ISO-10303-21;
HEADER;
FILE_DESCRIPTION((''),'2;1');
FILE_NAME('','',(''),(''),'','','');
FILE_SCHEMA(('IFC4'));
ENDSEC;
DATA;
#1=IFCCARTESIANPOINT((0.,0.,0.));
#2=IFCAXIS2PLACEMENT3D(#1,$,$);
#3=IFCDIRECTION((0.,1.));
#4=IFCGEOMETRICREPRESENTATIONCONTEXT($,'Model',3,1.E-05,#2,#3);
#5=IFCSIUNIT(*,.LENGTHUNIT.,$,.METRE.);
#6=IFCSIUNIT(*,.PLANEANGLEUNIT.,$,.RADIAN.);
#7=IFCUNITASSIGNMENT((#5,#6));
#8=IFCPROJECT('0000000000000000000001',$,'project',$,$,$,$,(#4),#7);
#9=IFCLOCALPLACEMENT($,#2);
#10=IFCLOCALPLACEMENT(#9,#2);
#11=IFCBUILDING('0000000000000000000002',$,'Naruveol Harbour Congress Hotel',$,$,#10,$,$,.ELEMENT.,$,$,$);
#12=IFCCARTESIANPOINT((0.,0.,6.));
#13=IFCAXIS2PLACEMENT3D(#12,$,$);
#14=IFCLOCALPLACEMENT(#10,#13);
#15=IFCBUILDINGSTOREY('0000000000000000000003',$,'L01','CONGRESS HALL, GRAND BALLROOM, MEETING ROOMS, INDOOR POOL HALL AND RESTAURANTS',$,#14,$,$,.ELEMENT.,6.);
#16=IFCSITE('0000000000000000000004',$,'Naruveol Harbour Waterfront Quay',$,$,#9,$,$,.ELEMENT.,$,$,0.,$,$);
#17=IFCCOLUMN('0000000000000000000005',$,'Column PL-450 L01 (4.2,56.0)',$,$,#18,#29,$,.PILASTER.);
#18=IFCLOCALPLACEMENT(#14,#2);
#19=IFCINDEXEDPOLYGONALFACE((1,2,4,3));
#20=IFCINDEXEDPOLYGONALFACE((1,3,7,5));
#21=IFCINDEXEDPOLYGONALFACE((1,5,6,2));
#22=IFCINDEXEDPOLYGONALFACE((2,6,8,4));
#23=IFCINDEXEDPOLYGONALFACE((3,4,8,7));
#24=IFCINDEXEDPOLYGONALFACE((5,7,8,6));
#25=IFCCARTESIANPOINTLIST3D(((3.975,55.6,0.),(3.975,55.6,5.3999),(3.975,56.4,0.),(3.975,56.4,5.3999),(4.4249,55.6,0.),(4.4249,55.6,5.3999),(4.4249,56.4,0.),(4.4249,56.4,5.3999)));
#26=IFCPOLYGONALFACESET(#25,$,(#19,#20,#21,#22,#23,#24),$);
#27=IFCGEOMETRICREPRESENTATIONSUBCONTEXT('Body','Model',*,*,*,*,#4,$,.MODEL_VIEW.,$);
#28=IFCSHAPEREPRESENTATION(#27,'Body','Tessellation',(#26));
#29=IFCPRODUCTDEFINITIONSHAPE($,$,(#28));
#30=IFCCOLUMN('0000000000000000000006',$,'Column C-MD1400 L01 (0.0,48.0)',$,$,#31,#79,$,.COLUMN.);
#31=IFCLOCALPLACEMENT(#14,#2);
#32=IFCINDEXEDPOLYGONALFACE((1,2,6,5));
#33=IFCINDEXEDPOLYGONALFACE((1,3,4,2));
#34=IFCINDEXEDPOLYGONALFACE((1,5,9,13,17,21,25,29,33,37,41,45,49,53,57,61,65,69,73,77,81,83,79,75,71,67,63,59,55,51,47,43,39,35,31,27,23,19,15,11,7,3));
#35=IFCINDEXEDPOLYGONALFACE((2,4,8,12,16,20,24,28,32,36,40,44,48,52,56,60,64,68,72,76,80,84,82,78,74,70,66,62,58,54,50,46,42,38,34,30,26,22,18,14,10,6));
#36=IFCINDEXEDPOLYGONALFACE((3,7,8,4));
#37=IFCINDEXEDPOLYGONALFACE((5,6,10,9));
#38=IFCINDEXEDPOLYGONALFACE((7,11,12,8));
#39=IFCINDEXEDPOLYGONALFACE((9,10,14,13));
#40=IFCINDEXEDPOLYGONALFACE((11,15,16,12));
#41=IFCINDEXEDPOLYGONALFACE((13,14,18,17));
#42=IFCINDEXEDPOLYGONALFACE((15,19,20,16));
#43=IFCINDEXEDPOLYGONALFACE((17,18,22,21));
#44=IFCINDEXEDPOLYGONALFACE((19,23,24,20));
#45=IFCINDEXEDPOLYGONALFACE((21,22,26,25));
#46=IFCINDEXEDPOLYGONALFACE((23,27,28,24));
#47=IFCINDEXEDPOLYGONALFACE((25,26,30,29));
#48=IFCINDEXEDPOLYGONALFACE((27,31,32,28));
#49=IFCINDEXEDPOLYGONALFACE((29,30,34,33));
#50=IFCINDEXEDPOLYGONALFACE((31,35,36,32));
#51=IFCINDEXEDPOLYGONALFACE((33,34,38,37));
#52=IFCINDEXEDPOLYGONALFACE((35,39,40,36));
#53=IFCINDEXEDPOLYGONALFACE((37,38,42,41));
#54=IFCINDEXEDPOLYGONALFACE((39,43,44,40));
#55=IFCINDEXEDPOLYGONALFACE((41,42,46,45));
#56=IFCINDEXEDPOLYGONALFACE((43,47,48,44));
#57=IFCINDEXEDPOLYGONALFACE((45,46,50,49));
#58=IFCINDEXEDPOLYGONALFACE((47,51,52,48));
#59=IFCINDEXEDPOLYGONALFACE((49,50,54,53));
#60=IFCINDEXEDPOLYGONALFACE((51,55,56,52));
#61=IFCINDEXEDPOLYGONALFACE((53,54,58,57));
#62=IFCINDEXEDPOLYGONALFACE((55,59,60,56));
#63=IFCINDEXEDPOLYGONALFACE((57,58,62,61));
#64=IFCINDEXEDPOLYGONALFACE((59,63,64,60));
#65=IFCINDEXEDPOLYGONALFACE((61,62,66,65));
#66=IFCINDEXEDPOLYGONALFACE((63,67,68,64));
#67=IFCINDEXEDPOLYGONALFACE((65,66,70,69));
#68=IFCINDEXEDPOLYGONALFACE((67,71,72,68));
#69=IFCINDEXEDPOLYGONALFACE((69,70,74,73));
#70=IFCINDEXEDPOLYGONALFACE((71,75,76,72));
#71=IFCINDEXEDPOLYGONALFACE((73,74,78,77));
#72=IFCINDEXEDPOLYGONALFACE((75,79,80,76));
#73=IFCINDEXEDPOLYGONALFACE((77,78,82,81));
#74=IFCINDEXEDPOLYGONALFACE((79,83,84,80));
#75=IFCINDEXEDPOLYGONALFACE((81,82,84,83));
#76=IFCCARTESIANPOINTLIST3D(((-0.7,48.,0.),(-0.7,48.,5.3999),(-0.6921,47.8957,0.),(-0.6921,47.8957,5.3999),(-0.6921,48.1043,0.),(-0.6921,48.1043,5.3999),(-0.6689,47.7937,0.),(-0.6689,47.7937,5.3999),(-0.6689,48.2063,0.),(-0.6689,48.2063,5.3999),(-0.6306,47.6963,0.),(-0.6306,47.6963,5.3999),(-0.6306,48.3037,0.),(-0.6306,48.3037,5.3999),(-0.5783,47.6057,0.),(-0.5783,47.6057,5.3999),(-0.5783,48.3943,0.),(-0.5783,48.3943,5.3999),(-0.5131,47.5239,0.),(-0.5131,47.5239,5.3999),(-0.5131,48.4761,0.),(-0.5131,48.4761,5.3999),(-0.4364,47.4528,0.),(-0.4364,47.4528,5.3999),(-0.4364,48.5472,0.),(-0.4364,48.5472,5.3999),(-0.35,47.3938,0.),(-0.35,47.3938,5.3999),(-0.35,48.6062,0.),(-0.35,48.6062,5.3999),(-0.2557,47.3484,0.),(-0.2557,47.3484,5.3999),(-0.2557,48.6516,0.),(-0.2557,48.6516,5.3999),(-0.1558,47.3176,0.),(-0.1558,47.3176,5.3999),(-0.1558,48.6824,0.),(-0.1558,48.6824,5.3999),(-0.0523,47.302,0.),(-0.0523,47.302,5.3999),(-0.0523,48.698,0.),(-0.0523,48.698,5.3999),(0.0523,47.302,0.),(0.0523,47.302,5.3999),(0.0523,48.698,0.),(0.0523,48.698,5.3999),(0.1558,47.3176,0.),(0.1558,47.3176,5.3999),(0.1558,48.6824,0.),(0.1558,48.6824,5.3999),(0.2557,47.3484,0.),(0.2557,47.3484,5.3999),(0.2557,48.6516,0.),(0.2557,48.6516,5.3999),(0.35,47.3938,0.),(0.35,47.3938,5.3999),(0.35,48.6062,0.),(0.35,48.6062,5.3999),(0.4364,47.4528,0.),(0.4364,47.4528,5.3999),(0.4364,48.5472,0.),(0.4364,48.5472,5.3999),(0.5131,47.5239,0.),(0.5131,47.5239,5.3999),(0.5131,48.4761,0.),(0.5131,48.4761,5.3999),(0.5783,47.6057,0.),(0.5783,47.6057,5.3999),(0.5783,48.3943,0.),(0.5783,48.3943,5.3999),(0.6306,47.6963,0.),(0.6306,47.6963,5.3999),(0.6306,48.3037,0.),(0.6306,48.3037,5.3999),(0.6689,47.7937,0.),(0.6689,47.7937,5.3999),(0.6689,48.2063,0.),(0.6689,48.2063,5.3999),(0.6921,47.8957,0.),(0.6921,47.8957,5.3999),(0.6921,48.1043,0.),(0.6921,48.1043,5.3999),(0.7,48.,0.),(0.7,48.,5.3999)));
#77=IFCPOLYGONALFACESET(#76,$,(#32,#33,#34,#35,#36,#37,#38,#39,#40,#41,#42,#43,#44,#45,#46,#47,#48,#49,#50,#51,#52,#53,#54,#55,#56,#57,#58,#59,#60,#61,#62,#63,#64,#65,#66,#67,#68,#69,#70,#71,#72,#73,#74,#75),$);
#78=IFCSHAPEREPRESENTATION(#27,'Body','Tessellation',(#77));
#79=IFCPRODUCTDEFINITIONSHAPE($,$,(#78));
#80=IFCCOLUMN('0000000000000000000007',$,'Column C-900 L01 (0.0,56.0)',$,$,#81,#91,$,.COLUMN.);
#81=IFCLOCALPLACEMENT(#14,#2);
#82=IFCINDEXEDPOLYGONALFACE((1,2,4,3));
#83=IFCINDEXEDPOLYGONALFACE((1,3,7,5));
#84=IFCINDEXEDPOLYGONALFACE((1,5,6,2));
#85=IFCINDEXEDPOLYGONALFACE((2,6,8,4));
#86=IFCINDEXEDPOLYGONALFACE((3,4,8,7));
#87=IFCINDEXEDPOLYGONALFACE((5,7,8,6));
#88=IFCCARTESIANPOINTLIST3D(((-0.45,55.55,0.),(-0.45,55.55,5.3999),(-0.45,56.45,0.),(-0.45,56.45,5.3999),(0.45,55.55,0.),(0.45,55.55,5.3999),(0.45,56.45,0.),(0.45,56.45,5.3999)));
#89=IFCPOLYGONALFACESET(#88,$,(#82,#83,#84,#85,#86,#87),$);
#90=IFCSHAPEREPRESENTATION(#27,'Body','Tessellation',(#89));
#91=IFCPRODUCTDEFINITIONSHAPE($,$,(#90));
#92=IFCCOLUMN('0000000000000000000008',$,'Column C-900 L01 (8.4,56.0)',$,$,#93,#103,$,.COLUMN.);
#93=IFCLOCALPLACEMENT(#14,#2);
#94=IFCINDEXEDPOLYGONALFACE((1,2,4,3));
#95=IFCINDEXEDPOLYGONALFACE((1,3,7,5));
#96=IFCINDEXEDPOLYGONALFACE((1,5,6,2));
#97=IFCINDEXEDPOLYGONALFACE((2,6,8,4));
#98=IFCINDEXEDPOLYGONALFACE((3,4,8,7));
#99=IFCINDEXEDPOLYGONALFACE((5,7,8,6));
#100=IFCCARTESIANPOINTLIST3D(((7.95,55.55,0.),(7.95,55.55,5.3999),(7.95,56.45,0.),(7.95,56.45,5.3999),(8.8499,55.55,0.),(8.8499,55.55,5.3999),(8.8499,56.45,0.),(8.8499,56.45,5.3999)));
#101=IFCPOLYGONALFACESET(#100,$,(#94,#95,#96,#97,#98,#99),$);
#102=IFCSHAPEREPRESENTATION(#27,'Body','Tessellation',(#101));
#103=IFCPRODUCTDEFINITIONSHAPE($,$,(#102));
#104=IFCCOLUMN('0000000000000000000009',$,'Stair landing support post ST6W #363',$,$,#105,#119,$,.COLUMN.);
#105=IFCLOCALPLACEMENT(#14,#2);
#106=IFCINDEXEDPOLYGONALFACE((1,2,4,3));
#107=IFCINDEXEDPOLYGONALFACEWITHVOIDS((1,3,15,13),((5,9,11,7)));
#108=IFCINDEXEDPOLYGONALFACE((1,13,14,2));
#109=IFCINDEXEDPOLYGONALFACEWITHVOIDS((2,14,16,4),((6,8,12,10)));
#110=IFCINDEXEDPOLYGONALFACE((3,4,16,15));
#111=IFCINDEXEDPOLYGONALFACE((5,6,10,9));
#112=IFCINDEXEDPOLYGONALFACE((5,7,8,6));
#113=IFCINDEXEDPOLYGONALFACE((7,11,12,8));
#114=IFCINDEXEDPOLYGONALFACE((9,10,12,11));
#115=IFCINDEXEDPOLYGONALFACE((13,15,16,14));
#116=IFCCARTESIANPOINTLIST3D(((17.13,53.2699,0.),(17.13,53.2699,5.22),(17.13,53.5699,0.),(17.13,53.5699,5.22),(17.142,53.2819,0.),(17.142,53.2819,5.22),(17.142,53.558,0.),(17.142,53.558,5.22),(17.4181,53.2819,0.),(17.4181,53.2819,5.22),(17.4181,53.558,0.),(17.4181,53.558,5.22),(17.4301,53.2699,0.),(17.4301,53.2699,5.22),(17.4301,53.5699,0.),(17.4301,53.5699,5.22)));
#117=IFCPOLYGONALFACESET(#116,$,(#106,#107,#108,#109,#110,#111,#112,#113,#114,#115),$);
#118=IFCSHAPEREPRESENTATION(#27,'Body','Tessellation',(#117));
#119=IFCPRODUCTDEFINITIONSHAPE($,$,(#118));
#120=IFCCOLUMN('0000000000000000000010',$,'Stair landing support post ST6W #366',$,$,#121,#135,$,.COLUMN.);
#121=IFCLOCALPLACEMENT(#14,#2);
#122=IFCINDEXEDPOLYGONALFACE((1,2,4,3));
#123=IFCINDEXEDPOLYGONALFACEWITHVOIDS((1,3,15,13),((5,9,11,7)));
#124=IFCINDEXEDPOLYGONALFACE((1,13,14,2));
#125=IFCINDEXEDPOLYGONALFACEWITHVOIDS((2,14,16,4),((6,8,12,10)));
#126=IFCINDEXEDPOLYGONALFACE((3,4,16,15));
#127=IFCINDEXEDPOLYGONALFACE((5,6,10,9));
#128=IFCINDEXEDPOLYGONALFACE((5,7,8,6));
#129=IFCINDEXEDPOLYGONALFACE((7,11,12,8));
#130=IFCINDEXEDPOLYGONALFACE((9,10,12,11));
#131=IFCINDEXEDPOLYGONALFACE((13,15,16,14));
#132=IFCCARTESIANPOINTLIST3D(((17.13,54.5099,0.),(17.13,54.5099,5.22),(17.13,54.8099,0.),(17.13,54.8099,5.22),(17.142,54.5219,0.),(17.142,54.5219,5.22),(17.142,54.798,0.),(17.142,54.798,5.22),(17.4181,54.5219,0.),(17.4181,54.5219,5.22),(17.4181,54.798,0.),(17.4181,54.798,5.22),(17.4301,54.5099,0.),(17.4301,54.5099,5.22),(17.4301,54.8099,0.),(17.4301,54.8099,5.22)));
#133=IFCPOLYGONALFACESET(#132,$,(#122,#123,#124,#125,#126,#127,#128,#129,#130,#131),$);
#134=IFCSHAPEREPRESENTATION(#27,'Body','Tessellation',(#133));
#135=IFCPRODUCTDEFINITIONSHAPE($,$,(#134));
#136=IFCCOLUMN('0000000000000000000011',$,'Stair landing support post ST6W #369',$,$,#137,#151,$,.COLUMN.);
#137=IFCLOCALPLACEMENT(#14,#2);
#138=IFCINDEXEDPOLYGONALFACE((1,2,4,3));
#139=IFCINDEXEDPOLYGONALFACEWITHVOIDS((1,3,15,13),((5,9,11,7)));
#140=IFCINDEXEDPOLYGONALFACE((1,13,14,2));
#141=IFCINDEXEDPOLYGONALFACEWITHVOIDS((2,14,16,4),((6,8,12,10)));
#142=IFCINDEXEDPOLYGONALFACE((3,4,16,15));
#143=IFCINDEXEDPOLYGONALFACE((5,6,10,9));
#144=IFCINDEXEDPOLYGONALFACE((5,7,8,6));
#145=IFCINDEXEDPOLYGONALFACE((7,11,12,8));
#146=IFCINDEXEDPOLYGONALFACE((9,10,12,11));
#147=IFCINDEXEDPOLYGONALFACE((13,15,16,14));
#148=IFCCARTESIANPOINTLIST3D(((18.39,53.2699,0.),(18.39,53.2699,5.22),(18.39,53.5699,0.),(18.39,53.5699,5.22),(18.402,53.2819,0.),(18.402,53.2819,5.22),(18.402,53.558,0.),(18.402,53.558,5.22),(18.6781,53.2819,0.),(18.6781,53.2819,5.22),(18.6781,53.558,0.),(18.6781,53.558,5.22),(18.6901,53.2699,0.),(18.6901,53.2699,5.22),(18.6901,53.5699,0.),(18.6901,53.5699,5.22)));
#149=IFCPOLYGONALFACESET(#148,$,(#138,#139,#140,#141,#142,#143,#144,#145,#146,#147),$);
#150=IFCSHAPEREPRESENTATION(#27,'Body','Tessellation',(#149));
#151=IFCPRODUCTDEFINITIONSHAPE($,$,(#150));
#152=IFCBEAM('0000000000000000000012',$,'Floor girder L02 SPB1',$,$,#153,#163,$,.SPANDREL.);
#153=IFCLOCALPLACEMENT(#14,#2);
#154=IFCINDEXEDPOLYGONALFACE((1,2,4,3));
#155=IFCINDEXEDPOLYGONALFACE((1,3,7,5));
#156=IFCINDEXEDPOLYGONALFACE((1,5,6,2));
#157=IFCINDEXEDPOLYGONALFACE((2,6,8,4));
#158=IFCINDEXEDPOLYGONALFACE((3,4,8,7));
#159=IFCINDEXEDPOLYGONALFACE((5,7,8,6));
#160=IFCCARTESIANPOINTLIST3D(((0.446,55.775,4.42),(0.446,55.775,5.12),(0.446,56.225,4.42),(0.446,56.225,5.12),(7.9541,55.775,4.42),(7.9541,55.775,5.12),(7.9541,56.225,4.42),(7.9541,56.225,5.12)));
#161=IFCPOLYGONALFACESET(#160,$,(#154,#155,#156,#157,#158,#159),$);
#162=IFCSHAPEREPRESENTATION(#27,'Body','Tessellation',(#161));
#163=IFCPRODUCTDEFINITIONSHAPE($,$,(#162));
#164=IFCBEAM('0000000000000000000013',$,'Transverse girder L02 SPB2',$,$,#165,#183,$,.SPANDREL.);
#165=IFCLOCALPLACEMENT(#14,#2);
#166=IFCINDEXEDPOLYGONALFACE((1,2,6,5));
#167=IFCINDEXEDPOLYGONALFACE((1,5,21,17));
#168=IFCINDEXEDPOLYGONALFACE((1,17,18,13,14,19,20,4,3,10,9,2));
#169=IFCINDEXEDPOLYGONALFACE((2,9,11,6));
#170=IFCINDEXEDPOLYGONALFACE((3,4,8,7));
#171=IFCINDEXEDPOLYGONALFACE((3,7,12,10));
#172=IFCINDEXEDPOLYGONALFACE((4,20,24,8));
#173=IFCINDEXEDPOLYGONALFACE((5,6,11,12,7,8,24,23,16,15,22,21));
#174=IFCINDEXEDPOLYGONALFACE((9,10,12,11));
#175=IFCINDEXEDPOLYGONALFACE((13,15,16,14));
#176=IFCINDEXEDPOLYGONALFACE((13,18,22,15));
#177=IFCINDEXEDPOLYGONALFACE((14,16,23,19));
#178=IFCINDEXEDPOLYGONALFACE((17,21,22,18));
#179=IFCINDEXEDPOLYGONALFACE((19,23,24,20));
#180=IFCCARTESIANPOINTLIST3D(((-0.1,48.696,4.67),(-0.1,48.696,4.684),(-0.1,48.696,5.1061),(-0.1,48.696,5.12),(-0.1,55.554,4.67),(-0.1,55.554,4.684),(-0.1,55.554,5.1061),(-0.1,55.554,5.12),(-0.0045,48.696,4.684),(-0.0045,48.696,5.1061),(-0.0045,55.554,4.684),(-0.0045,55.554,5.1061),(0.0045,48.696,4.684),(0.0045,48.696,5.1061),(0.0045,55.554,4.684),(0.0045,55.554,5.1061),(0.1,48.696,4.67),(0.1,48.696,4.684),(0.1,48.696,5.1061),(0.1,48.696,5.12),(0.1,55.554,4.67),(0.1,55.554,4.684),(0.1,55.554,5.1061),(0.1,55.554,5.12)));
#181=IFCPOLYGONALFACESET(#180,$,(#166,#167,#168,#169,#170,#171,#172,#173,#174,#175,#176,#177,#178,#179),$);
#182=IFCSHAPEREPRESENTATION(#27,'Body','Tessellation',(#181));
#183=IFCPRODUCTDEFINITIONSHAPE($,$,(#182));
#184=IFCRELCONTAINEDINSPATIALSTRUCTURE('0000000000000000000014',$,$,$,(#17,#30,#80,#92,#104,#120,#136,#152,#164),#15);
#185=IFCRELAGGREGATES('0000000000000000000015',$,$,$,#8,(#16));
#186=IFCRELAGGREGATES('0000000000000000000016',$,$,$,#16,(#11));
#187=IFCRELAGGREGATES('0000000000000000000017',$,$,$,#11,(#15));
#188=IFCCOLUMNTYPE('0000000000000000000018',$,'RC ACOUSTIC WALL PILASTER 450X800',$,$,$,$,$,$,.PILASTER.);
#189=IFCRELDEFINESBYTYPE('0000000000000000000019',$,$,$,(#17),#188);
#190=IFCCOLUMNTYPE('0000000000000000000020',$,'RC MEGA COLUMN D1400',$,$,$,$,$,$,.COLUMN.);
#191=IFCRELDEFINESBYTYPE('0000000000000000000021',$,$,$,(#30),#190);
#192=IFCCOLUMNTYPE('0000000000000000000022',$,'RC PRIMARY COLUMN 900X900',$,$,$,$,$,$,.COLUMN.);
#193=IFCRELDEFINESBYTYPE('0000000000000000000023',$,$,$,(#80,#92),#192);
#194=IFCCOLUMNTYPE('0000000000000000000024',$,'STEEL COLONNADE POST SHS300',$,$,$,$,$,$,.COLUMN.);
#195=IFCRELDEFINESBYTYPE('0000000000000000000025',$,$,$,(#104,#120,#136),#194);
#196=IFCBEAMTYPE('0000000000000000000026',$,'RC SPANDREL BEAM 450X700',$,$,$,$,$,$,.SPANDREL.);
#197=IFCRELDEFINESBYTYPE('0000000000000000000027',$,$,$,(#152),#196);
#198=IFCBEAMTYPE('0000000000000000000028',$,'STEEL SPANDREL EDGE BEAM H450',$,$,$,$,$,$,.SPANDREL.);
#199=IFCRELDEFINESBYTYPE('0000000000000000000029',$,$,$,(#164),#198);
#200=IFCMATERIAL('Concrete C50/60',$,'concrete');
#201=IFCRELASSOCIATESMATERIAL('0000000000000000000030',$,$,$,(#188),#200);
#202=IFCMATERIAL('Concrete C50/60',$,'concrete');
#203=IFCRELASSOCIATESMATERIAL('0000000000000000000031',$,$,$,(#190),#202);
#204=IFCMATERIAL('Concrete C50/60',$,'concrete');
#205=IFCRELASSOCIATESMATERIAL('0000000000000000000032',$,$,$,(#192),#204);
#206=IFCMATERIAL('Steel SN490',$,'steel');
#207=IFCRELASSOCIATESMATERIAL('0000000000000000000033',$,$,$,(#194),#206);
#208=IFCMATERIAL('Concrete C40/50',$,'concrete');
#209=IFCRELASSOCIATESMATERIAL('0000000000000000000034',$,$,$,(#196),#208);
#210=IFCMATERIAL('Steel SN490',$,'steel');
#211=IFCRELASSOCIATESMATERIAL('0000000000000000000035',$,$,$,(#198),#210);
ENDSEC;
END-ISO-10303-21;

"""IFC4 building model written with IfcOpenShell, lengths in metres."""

from ifc_helpers import new_model, si_unit, direction, frame, origin, origin_2d, place, context, subcontext, project, spatial, rectangle, hollow_rectangle, circle, i_section, extrude, material, material_profile, profile_set, type_object, element, save


model = new_model("IFC4")

# Units and contexts
model_context = context("Model", 3, precision=1e-05, world=origin(), true_north=direction((0.0, 1.0)))
body_context = subcontext(model_context, "Body", "Model", "MODEL_VIEW")
ifc_project = project(units=[si_unit("LENGTHUNIT", "METRE"), si_unit("PLANEANGLEUNIT", "RADIAN")], contexts=[model_context])

# Site, building, storey
site_placement = place(None, origin())
site = spatial("IfcSite", under=ifc_project, at=site_placement, Name="Naruveol Harbour Waterfront Quay", CompositionType="ELEMENT", RefElevation=0.0)
building_placement = place(site_placement, origin())
building = spatial("IfcBuilding", under=site, at=building_placement, Name="Naruveol Harbour Congress Hotel", CompositionType="ELEMENT")
storey_placement = place(building_placement, frame((0.0, 0.0, 6.0)))
storey = spatial("IfcBuildingStorey", under=building, at=storey_placement, Name="L01", Description="CONGRESS HALL, GRAND BALLROOM, MEETING ROOMS, INDOOR POOL HALL AND RESTAURANTS", CompositionType="ELEMENT", Elevation=6.0)

# Columns
ifc_material_1 = material(Name="Concrete C50/60", Category="concrete")
ifc_material_profile_1 = material_profile(ifc_material_1, rectangle(XDim=0.45, YDim=0.8, at=origin_2d()), Name="RC-450x800")
ifc_profile_set_1 = profile_set([ifc_material_profile_1], Name="Concrete C50/60")
column_type_1 = type_object("IfcColumnType", Name="RC ACOUSTIC WALL PILASTER 450X800", PredefinedType="PILASTER", material=ifc_profile_set_1)
column_1_placement = place(storey_placement, frame((4.2, 56.0, 0.0), z_axis=(0.0, 0.0, 1.0), x_axis=(1.0, 0.0, 0.0)))
element("IfcColumn", 1, at=column_1_placement, inside=storey, type_object=column_type_1, Name="Column PL-450 L01 (4.2,56.0)", PredefinedType="PILASTER", context=body_context, shape_type="SweptSolid", body=[
    extrude(rectangle(XDim=0.45, YDim=0.8, at=origin_2d()), origin(), (0.0, 0.0, 1.0), 5.3999),
])
ifc_material_2 = material(Name="Concrete C50/60", Category="concrete")
ifc_material_profile_2 = material_profile(ifc_material_2, circle(Radius=0.7, at=origin_2d()), Name="RC-D1400")
ifc_profile_set_2 = profile_set([ifc_material_profile_2], Name="Concrete C50/60")
column_type_2 = type_object("IfcColumnType", Name="RC MEGA COLUMN D1400", PredefinedType="COLUMN", material=ifc_profile_set_2)
column_2_placement = place(storey_placement, frame((0.0, 48.0, 0.0), z_axis=(0.0, 0.0, 1.0), x_axis=(1.0, 0.0, 0.0)))
element("IfcColumn", 2, at=column_2_placement, inside=storey, type_object=column_type_2, Name="Column C-MD1400 L01 (0.0,48.0)", PredefinedType="COLUMN", context=body_context, shape_type="SweptSolid", body=[
    extrude(circle(Radius=0.7, at=origin_2d()), origin(), (0.0, 0.0, 1.0), 5.3999),
])
ifc_material_3 = material(Name="Concrete C50/60", Category="concrete")
ifc_material_profile_3 = material_profile(ifc_material_3, rectangle(XDim=0.8999, YDim=0.8999, at=origin_2d()), Name="RC-900x900")
ifc_profile_set_3 = profile_set([ifc_material_profile_3], Name="Concrete C50/60")
column_type_3 = type_object("IfcColumnType", Name="RC PRIMARY COLUMN 900X900", PredefinedType="COLUMN", material=ifc_profile_set_3)
for number, where, z_axis, x_axis, name in (
    (3, (0.0, 56.0, 0.0), (0.0, 0.0, 1.0), (1.0, 0.0, 0.0), "Column C-900 L01 (0.0,56.0)"),
    (4, (8.3999, 56.0, 0.0), (0.0, 0.0, 1.0), (1.0, 0.0, 0.0), "Column C-900 L01 (8.4,56.0)"),
):
    element("IfcColumn", number, at=place(storey_placement, frame(where, z_axis=z_axis, x_axis=x_axis)), inside=storey, type_object=column_type_3, Name=name, PredefinedType="COLUMN", context=body_context, shape_type="SweptSolid", body=[
        extrude(rectangle(XDim=0.8999, YDim=0.8999, at=origin_2d()), origin(), (0.0, 0.0, 1.0), 5.3999),
    ])
ifc_material_4 = material(Name="Steel SN490", Category="steel")
ifc_material_profile_4 = material_profile(ifc_material_4, hollow_rectangle(XDim=0.3, YDim=0.3, WallThickness=0.012, at=origin_2d()), Name="SHS-300x300x12")
ifc_profile_set_4 = profile_set([ifc_material_profile_4], Name="Steel SN490")
column_type_4 = type_object("IfcColumnType", Name="STEEL COLONNADE POST SHS300", PredefinedType="COLUMN", material=ifc_profile_set_4)
for number, where, z_axis, x_axis, name in (
    (5, (17.28, 53.4199, 0.0), (0.0, 0.0, 1.0), (1.0, 0.0, 0.0), "Stair landing support post ST6W #363"),
    (6, (17.28, 54.6599, 0.0), (0.0, 0.0, 1.0), (1.0, 0.0, 0.0), "Stair landing support post ST6W #366"),
    (7, (18.54, 53.4199, 0.0), (0.0, 0.0, 1.0), (1.0, 0.0, 0.0), "Stair landing support post ST6W #369"),
):
    element("IfcColumn", number, at=place(storey_placement, frame(where, z_axis=z_axis, x_axis=x_axis)), inside=storey, type_object=column_type_4, Name=name, PredefinedType="COLUMN", context=body_context, shape_type="SweptSolid", body=[
        extrude(hollow_rectangle(XDim=0.3, YDim=0.3, WallThickness=0.012, at=origin_2d()), origin(), (0.0, 0.0, 1.0), 5.22),
    ])

# Beams
ifc_material_5 = material(Name="Concrete C40/50", Category="concrete")
ifc_material_profile_5 = material_profile(ifc_material_5, rectangle(XDim=0.45, YDim=0.7, at=origin_2d()), Name="RCB-450x700")
ifc_profile_set_5 = profile_set([ifc_material_profile_5], Name="Concrete C40/50")
beam_type_1 = type_object("IfcBeamType", Name="RC SPANDREL BEAM 450X700", PredefinedType="SPANDREL", material=ifc_profile_set_5)
beam_1_placement = place(storey_placement, frame((0.446, 56.0, 4.77), z_axis=(1.0, 0.0, 0.0), x_axis=(0.0, 1.0, 0.0)))
element("IfcBeam", 8, at=beam_1_placement, inside=storey, type_object=beam_type_1, Name="Floor girder L02 SPB1", PredefinedType="SPANDREL", context=body_context, shape_type="SweptSolid", body=[
    extrude(rectangle(XDim=0.45, YDim=0.7, at=origin_2d()), origin(), (0.0, 0.0, 1.0), 7.5081),
])
ifc_material_6 = material(Name="Steel SN490", Category="steel")
ifc_material_profile_6 = material_profile(ifc_material_6, i_section(OverallWidth=0.2, OverallDepth=0.45, WebThickness=0.009, FlangeThickness=0.0139, at=origin_2d()), Name="H-450x200x9x14")
ifc_profile_set_6 = profile_set([ifc_material_profile_6], Name="Steel SN490")
beam_type_2 = type_object("IfcBeamType", Name="STEEL SPANDREL EDGE BEAM H450", PredefinedType="SPANDREL", material=ifc_profile_set_6)
beam_2_placement = place(storey_placement, frame((0.0, 48.696, 4.895), z_axis=(0.0, 1.0, 0.0), x_axis=(-1.0, 0.0, 0.0)))
element("IfcBeam", 9, at=beam_2_placement, inside=storey, type_object=beam_type_2, Name="Transverse girder L02 SPB2", PredefinedType="SPANDREL", context=body_context, shape_type="SweptSolid", body=[
    extrude(i_section(OverallWidth=0.2, OverallDepth=0.45, WebThickness=0.009, FlangeThickness=0.0139, at=origin_2d()), origin(), (0.0, 0.0, 1.0), 6.8579),
])

save(model, "model.ifc")
